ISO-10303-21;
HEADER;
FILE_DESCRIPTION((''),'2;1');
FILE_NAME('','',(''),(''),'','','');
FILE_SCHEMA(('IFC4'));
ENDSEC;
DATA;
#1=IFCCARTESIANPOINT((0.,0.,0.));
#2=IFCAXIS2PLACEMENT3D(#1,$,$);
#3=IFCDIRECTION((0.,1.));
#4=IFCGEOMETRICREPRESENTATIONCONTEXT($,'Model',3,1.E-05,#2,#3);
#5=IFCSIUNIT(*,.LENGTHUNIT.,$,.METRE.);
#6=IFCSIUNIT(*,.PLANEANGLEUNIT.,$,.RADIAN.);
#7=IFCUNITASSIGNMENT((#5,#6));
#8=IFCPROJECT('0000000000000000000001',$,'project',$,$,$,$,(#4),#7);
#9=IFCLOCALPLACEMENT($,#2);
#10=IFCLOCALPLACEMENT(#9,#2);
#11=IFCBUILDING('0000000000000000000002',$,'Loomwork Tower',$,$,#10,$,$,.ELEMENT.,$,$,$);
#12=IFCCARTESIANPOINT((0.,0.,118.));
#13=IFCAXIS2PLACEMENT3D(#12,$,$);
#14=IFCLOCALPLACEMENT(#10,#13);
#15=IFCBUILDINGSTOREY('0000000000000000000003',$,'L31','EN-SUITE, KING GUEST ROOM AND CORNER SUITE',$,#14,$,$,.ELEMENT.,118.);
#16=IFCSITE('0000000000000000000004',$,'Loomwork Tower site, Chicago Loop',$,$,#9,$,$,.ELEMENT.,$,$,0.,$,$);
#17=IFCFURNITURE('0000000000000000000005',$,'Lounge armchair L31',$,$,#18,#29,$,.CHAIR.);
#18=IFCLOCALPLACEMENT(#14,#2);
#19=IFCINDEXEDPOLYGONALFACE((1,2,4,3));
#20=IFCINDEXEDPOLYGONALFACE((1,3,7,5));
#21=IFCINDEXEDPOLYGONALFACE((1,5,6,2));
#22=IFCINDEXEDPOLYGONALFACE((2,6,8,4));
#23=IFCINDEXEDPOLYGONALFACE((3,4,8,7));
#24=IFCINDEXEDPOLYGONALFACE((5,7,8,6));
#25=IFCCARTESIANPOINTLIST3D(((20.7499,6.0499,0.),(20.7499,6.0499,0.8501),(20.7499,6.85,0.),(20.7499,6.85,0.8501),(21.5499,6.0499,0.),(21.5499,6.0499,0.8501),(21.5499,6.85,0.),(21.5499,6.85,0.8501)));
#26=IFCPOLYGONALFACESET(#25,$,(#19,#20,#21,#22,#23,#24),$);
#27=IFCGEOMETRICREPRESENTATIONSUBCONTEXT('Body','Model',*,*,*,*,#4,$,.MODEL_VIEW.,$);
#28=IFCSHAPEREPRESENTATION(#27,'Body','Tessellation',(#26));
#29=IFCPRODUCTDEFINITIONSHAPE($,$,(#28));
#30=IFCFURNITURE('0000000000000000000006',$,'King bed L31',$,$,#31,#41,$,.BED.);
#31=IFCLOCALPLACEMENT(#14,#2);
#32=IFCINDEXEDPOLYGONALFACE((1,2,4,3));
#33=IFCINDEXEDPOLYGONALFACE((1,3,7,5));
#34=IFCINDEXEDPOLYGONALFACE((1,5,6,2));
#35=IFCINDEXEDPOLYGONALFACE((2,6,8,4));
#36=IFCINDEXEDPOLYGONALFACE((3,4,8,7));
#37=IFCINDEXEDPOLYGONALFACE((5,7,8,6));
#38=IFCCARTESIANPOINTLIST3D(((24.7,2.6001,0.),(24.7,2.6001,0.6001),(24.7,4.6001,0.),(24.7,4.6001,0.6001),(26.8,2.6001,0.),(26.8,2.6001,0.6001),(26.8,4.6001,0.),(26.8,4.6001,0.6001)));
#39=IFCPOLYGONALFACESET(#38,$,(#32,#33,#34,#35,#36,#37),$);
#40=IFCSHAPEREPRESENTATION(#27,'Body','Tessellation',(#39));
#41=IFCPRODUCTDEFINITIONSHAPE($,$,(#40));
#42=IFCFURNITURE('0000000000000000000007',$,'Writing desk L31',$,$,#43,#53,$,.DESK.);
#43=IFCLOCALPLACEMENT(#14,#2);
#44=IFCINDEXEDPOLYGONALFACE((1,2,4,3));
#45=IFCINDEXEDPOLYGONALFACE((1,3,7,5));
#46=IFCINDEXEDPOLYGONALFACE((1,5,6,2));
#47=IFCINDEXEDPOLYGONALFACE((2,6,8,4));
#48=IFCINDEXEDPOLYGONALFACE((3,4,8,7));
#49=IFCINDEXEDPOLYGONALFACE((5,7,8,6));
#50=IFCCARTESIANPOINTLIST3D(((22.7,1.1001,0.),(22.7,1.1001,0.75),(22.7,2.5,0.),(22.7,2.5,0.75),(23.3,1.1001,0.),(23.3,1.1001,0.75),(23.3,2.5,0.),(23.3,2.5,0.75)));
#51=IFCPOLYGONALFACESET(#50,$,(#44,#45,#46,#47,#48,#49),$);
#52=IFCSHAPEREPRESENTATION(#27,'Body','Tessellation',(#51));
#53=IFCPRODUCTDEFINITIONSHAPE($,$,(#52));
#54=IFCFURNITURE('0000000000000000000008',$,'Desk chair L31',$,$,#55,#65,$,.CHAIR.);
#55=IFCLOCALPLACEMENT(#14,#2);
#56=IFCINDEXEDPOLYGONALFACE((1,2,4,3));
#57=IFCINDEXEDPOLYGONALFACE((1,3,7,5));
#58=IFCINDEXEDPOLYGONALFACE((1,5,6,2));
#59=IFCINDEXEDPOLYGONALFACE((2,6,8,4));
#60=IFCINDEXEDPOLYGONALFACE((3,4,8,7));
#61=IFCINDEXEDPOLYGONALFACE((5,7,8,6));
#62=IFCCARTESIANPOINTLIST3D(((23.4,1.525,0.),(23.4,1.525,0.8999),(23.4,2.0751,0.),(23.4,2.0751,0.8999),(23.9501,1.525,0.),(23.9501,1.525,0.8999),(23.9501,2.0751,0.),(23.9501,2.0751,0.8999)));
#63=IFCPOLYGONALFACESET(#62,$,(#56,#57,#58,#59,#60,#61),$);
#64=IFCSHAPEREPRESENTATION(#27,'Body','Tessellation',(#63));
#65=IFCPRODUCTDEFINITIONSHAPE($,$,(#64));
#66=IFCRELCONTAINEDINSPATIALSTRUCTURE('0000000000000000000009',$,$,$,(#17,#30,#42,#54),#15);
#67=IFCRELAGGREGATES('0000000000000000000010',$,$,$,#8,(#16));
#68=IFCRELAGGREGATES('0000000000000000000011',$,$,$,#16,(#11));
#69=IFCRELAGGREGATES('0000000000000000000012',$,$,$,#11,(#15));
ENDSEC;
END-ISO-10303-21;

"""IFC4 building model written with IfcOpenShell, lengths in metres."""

from ifc_helpers import new_model, si_unit, direction, frame, origin, origin_2d, place, context, subcontext, project, spatial, rectangle, extrude, element, save


model = new_model("IFC4")

# Units and contexts
model_context = context("Model", 3, precision=1e-05, world=origin(), true_north=direction((0.0, 1.0)))
body_context = subcontext(model_context, "Body", "Model", "MODEL_VIEW")
ifc_project = project(units=[si_unit("LENGTHUNIT", "METRE"), si_unit("PLANEANGLEUNIT", "RADIAN")], contexts=[model_context])

# Site, building, storey
site_placement = place(None, origin())
site = spatial("IfcSite", under=ifc_project, at=site_placement, Name="Loomwork Tower site, Chicago Loop", CompositionType="ELEMENT", RefElevation=0.0)
building_placement = place(site_placement, origin())
building = spatial("IfcBuilding", under=site, at=building_placement, Name="Loomwork Tower", CompositionType="ELEMENT")
storey_placement = place(building_placement, frame((0.0, 0.0, 118.0)))
storey = spatial("IfcBuildingStorey", under=building, at=storey_placement, Name="L31", Description="EN-SUITE, KING GUEST ROOM AND CORNER SUITE", CompositionType="ELEMENT", Elevation=118.0)

# Furniture
furniture_1_placement = place(storey_placement, frame((21.1499, 6.45, 0.0), z_axis=(0.0, 0.0, 1.0), x_axis=(1.0, 0.0, 0.0)))
element("IfcFurniture", 1, at=furniture_1_placement, inside=storey, Name="Lounge armchair L31", PredefinedType="CHAIR", context=body_context, shape_type="SweptSolid", body=[
    extrude(rectangle(XDim=0.8, YDim=0.8, at=origin_2d()), origin(), (0.0, 0.0, 1.0), 0.8501),
])
furniture_2_placement = place(storey_placement, frame((25.75, 3.6001, 0.0), z_axis=(0.0, 0.0, 1.0), x_axis=(1.0, 0.0, 0.0)))
element("IfcFurniture", 2, at=furniture_2_placement, inside=storey, Name="King bed L31", PredefinedType="BED", context=body_context, shape_type="SweptSolid", body=[
    extrude(rectangle(XDim=2.1001, YDim=2.0, at=origin_2d()), origin(), (0.0, 0.0, 1.0), 0.6001),
])
furniture_3_placement = place(storey_placement, frame((23.0, 1.8, 0.0), z_axis=(0.0, 0.0, 1.0), x_axis=(1.0, 0.0, 0.0)))
element("IfcFurniture", 3, at=furniture_3_placement, inside=storey, Name="Writing desk L31", PredefinedType="DESK", context=body_context, shape_type="SweptSolid", body=[
    extrude(rectangle(XDim=0.6001, YDim=1.3999, at=origin_2d()), origin(), (0.0, 0.0, 1.0), 0.75),
])
furniture_4_placement = place(storey_placement, frame((23.675, 1.8, 0.0), z_axis=(0.0, 0.0, 1.0), x_axis=(1.0, 0.0, 0.0)))
element("IfcFurniture", 4, at=furniture_4_placement, inside=storey, Name="Desk chair L31", PredefinedType="CHAIR", context=body_context, shape_type="SweptSolid", body=[
    extrude(rectangle(XDim=0.55, YDim=0.55, at=origin_2d()), origin(), (0.0, 0.0, 1.0), 0.8999),
])

save(model, "model.ifc")
